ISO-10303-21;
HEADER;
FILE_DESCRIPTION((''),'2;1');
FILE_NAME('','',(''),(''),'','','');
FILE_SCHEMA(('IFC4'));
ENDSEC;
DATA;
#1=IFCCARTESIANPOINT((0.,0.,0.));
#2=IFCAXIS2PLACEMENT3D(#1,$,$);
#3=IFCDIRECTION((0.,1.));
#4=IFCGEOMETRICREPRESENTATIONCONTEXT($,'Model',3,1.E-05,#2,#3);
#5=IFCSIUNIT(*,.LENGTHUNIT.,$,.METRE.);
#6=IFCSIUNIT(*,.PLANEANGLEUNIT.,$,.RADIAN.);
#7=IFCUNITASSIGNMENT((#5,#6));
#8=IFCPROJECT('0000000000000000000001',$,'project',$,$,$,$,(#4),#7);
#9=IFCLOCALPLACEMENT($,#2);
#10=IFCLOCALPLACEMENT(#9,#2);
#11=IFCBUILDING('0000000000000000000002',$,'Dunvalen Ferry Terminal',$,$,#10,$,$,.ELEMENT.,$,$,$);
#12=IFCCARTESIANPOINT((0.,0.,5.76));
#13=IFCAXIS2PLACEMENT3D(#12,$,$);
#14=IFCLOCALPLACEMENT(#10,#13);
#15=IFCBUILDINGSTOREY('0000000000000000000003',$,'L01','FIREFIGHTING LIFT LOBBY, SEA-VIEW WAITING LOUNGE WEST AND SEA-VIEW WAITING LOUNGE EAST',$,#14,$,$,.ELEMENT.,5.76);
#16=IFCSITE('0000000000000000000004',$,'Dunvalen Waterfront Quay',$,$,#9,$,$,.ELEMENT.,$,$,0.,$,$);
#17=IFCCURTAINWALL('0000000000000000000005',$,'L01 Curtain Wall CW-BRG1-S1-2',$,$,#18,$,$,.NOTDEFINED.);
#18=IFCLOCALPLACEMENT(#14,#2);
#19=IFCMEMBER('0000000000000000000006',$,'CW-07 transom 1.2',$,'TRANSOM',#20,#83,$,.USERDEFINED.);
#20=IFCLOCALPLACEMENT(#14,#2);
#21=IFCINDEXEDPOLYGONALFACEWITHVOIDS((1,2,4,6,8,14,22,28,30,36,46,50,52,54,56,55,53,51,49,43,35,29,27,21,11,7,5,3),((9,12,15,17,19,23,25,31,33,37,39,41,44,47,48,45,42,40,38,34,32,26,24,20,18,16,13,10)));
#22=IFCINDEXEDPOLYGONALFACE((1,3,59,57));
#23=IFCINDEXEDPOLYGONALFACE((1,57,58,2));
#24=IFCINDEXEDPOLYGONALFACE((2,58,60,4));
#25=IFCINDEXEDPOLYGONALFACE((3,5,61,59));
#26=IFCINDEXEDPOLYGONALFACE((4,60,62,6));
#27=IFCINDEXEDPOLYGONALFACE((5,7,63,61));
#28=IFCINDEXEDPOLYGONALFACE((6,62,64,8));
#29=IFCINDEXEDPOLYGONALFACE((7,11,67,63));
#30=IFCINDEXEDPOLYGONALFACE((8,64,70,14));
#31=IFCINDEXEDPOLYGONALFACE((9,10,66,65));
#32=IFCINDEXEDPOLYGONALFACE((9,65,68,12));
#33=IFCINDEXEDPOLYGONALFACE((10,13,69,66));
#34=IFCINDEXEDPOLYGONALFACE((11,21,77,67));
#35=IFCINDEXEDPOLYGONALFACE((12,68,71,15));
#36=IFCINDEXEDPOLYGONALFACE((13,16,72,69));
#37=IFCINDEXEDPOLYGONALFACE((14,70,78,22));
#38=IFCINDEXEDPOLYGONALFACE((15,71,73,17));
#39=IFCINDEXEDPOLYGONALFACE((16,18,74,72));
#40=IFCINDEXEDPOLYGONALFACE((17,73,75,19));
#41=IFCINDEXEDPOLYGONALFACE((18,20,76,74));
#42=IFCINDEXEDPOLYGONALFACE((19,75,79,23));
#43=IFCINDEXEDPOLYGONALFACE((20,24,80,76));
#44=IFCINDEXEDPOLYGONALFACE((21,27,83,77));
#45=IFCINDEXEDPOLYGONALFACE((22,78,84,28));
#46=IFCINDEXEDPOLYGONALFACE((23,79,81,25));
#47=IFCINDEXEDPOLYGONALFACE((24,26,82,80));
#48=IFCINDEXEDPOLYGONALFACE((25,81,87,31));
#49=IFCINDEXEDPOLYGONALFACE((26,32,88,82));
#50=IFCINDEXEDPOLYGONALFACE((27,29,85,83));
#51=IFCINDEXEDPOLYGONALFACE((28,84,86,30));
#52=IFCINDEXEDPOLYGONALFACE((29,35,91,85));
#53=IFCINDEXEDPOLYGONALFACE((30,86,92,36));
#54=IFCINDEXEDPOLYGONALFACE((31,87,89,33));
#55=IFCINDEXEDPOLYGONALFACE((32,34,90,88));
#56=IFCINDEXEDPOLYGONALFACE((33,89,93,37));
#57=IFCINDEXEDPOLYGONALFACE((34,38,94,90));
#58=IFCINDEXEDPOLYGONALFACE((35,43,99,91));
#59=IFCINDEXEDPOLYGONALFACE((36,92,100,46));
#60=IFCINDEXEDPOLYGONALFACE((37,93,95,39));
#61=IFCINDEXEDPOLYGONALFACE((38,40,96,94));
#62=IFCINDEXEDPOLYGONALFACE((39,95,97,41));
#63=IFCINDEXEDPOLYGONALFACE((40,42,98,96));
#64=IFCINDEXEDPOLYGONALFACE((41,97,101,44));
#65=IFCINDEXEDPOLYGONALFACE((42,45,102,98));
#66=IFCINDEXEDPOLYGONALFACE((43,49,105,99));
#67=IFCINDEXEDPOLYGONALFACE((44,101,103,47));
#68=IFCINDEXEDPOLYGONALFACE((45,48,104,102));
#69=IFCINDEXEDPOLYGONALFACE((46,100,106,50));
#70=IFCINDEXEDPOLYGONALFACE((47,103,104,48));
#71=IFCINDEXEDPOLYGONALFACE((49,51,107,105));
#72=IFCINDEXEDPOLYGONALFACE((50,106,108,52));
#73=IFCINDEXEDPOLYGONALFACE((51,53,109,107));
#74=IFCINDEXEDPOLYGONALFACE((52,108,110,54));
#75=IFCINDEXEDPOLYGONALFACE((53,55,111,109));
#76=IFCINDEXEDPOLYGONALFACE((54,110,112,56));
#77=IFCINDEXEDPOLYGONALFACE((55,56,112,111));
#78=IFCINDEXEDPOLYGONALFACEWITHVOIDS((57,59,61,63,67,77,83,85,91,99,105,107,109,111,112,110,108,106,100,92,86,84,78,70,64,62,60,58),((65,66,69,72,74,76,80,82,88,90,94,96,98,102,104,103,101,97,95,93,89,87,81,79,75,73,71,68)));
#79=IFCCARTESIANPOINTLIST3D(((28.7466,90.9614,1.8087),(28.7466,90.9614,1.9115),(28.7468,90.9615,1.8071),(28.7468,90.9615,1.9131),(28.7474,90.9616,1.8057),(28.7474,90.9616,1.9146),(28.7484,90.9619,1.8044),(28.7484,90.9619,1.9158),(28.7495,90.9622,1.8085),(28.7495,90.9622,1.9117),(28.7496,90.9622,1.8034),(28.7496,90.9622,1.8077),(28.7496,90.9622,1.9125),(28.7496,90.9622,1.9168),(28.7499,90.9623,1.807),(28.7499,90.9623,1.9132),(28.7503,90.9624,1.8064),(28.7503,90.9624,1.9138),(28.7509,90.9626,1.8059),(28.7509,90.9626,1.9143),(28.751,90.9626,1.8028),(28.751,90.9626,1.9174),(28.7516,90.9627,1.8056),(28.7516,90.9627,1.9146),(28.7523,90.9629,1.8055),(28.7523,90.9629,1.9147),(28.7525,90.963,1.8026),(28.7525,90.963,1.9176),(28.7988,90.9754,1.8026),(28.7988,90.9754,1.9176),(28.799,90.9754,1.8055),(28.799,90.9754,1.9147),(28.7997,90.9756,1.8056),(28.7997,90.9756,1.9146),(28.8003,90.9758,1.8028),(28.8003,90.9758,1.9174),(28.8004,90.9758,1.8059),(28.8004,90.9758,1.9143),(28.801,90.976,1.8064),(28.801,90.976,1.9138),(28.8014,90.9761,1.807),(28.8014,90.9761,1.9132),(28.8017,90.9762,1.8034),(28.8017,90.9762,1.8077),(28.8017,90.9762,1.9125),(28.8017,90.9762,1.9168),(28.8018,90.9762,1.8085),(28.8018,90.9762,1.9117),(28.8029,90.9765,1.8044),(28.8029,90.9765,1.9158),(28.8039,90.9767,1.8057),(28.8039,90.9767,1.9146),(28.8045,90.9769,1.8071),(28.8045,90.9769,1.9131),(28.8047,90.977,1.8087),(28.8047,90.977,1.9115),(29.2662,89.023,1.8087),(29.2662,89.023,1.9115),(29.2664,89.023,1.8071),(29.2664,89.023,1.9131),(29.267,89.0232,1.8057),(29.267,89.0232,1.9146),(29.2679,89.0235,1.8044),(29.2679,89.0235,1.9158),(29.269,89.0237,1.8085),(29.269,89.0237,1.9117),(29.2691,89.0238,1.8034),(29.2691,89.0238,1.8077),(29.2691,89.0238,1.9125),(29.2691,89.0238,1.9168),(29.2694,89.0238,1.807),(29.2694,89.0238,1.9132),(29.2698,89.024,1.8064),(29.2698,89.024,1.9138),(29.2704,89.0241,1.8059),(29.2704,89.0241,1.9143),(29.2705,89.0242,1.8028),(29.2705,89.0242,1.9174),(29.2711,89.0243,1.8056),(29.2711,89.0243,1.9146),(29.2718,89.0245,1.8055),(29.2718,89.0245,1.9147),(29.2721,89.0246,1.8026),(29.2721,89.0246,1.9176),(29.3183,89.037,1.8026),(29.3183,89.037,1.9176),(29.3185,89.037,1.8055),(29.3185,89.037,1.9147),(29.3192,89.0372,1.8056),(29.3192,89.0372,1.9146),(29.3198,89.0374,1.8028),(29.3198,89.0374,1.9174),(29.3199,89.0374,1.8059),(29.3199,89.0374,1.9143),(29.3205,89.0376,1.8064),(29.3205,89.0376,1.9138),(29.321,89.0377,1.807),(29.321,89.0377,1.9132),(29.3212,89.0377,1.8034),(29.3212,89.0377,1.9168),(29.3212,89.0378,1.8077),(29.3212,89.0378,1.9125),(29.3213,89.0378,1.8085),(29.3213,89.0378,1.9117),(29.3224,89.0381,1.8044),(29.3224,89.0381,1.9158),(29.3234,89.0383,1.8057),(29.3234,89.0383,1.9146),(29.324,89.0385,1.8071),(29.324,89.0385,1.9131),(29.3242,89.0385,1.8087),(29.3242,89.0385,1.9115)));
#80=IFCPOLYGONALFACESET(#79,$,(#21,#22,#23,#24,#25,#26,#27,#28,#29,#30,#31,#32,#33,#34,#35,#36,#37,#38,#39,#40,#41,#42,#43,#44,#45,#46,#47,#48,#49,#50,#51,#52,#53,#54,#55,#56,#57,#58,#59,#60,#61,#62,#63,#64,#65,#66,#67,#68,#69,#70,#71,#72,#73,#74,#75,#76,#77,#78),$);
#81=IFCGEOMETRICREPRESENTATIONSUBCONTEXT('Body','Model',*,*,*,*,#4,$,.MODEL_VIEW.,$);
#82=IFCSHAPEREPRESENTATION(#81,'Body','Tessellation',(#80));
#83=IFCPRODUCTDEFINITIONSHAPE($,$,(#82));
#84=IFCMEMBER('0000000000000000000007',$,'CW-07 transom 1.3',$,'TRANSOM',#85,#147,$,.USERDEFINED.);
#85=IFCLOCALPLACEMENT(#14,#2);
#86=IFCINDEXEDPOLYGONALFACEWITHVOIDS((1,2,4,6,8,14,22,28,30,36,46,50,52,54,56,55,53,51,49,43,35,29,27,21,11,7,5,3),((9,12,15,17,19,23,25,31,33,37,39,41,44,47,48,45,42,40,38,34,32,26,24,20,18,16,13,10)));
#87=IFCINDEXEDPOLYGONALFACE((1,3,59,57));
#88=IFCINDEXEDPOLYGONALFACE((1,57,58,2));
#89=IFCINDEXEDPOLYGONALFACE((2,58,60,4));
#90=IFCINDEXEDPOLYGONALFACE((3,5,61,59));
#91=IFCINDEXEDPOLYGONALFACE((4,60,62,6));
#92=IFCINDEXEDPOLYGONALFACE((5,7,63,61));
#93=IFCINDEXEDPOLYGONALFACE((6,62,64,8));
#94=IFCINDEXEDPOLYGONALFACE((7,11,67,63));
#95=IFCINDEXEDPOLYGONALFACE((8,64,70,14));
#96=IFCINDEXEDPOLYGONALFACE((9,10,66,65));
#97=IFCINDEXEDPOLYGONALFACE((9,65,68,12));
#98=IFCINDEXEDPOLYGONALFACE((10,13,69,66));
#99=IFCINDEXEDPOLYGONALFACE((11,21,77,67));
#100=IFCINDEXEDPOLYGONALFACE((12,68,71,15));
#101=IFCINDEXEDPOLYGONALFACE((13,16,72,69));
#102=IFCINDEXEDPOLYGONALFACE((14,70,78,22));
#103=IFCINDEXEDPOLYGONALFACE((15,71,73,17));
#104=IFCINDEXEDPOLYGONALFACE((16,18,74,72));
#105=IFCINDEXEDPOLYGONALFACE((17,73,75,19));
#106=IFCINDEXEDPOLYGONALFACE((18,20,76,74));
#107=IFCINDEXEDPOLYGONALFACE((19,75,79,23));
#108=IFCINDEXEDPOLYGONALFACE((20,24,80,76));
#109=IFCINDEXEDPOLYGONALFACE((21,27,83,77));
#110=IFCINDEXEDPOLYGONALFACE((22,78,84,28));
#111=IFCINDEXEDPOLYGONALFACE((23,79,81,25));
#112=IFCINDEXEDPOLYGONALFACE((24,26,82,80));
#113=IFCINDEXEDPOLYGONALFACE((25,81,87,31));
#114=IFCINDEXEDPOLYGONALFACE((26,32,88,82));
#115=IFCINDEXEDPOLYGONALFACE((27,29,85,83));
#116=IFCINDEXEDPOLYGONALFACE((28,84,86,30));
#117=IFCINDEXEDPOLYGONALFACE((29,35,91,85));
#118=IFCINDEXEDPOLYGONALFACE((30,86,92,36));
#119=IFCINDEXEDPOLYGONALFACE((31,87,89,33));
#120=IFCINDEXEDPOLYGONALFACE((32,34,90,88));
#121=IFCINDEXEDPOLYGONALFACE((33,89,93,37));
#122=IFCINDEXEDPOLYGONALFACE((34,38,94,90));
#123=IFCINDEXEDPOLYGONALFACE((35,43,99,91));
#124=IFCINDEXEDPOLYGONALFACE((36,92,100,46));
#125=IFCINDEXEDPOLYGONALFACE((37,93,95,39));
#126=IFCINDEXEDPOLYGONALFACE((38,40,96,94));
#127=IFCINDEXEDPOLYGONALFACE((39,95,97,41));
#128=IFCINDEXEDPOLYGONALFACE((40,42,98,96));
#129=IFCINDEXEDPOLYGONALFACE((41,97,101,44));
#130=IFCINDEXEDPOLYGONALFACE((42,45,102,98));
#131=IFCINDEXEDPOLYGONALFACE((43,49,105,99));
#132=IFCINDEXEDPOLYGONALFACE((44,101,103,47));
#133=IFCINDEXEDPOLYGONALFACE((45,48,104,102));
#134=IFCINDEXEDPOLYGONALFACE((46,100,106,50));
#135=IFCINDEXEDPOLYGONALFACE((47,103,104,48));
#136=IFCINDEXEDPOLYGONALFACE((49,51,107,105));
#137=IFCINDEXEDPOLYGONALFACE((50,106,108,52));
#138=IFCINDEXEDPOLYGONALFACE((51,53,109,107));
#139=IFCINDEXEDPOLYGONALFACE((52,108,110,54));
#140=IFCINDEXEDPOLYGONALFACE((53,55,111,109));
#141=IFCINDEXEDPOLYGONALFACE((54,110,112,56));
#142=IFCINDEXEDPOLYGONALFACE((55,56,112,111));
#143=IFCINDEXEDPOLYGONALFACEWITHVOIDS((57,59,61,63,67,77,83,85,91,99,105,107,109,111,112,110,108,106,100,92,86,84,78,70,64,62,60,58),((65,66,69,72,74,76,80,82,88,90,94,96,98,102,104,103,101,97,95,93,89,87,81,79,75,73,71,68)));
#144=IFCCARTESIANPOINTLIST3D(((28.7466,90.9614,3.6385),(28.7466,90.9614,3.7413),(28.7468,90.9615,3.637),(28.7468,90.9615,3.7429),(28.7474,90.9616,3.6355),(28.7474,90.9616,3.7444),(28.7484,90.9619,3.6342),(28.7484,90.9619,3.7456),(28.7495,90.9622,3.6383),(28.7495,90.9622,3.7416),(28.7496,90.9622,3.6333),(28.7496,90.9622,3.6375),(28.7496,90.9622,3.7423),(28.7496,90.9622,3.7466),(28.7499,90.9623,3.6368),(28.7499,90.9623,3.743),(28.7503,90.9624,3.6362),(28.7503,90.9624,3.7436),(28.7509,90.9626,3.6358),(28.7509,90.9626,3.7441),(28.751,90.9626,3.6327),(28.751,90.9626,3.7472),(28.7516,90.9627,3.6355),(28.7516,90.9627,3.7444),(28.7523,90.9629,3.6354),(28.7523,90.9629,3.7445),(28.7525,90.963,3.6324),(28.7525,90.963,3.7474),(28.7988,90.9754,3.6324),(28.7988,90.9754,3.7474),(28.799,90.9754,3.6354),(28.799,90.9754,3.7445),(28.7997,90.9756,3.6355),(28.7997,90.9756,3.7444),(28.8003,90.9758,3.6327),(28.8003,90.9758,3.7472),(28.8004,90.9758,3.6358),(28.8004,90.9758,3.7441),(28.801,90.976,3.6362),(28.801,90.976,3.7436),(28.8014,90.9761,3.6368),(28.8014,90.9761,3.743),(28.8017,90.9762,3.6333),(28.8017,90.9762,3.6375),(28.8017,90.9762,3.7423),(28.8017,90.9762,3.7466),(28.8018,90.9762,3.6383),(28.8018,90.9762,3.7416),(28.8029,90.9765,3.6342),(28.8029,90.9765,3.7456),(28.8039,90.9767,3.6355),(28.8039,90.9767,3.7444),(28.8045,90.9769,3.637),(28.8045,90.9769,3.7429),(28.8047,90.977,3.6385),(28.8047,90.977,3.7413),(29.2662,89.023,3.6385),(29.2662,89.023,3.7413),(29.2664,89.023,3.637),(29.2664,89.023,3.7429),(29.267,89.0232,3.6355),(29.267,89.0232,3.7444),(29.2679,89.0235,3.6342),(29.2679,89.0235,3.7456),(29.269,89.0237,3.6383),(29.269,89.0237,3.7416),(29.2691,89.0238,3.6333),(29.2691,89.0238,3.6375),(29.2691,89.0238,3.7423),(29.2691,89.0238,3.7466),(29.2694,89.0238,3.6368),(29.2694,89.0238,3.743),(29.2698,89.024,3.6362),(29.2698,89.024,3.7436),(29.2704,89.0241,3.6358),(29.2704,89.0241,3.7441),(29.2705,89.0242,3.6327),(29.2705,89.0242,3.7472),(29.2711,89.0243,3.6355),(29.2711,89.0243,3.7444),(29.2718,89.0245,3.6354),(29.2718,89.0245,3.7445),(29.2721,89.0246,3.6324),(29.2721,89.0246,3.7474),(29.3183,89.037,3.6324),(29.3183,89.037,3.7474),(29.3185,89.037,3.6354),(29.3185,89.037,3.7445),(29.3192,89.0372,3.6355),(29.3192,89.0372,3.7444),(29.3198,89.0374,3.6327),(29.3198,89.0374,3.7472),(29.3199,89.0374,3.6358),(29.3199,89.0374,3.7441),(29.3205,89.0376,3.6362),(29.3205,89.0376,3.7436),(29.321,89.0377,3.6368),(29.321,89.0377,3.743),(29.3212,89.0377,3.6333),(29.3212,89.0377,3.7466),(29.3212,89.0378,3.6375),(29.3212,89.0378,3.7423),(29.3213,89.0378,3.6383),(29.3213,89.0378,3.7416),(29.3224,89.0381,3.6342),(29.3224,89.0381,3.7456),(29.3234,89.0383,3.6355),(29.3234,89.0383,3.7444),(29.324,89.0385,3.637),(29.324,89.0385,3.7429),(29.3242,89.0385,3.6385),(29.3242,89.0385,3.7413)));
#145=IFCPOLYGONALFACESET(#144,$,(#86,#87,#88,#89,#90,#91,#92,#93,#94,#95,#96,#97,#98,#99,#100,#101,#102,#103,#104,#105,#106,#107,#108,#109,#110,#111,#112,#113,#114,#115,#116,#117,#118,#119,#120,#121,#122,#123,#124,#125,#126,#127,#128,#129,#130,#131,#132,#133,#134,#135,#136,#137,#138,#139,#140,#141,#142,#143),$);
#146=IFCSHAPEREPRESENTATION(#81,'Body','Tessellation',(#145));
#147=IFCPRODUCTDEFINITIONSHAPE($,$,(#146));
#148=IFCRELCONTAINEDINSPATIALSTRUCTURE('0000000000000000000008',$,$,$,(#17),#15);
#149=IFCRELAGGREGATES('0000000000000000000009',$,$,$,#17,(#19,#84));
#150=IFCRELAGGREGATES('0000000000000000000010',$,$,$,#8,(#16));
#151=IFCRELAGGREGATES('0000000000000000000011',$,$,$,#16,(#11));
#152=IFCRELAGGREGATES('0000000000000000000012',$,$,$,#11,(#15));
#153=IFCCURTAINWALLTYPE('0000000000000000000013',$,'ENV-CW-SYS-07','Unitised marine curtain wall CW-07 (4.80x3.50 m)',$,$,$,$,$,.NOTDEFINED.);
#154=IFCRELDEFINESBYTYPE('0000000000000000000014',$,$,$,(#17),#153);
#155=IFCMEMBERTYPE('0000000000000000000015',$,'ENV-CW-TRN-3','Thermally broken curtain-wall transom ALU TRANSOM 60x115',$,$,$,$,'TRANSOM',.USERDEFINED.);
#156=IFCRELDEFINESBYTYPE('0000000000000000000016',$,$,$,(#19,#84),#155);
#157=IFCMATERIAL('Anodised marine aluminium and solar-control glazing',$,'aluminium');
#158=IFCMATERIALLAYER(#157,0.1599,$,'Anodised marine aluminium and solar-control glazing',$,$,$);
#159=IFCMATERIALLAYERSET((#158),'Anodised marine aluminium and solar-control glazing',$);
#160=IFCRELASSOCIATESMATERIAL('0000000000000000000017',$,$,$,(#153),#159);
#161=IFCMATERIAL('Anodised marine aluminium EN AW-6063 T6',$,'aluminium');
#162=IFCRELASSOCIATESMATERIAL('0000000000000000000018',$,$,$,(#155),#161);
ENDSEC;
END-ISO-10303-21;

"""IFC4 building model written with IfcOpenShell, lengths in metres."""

from ifc_helpers import new_model, si_unit, direction, frame, origin, origin_2d, place, context, subcontext, project, spatial, hollow_rectangle, extrude, material, layer, layer_set, material_profile, profile_set, type_object, element, aggregate, save


model = new_model("IFC4")

# Units and contexts
model_context = context("Model", 3, precision=1e-05, world=origin(), true_north=direction((0.0, 1.0)))
body_context = subcontext(model_context, "Body", "Model", "MODEL_VIEW")
ifc_project = project(units=[si_unit("LENGTHUNIT", "METRE"), si_unit("PLANEANGLEUNIT", "RADIAN")], contexts=[model_context])

# Site, building, storey
site_placement = place(None, origin())
site = spatial("IfcSite", under=ifc_project, at=site_placement, Name="Dunvalen Waterfront Quay", CompositionType="ELEMENT", RefElevation=0.0)
building_placement = place(site_placement, origin())
building = spatial("IfcBuilding", under=site, at=building_placement, Name="Dunvalen Ferry Terminal", CompositionType="ELEMENT")
storey_placement = place(building_placement, frame((0.0, 0.0, 5.76)))
storey = spatial("IfcBuildingStorey", under=building, at=storey_placement, Name="L01", Description="FIREFIGHTING LIFT LOBBY, SEA-VIEW WAITING LOUNGE WEST AND SEA-VIEW WAITING LOUNGE EAST", CompositionType="ELEMENT", Elevation=5.76)

# Shared definitions
ifc_material_1 = material(Name="Anodised marine aluminium and solar-control glazing", Category="aluminium")
ifc_material_2 = material(Name="Anodised marine aluminium EN AW-6063 T6", Category="aluminium")

# Curtain wall
ifc_layer_1 = layer(ifc_material_1, 0.1599, Name="Anodised marine aluminium and solar-control glazing")
ifc_layer_set_1 = layer_set([ifc_layer_1], Name="Anodised marine aluminium and solar-control glazing")
curtain_wall_type_1 = type_object("IfcCurtainWallType", Name="ENV-CW-SYS-07", Description="Unitised marine curtain wall CW-07 (4.80x3.50 m)", PredefinedType="NOTDEFINED", material=ifc_layer_set_1)
curtain_wall_1_placement = place(storey_placement, origin())
curtain_wall_1 = element("IfcCurtainWall", 1, at=curtain_wall_1_placement, inside=storey, type_object=curtain_wall_type_1, Name="L01 Curtain Wall CW-BRG1-S1-2", PredefinedType="NOTDEFINED")

# Members
ifc_material_profile_1 = material_profile(ifc_material_2, hollow_rectangle(XDim=0.0601, YDim=0.115, WallThickness=0.0029, InnerFilletRadius=0.0029, OuterFilletRadius=0.0061, at=origin_2d()), Name="Anodised marine aluminium EN AW-6063 T6")
ifc_profile_set_1 = profile_set([ifc_material_profile_1], Name="Anodised marine aluminium EN AW-6063 T6")
member_type_1 = type_object("IfcMemberType", Name="ENV-CW-TRN-3", Description="Thermally broken curtain-wall transom ALU TRANSOM 60x115", ElementType="TRANSOM", PredefinedType="USERDEFINED", material=ifc_profile_set_1)
member_1_placement = place(storey_placement, frame((29.2952, 89.0308, 1.8601), z_axis=(-0.258874, 0.965911, 0.0), x_axis=(-0.965911, -0.258874, 0.0)))
member_1 = element("IfcMember", 2, at=member_1_placement, type_object=member_type_1, Name="CW-07 transom 1.2", ObjectType="TRANSOM", PredefinedType="USERDEFINED", context=body_context, shape_type="SweptSolid", body=[
    extrude(hollow_rectangle(XDim=0.0601, YDim=0.115, WallThickness=0.0029, InnerFilletRadius=0.0029, OuterFilletRadius=0.0061, at=origin_2d()), origin(), (0.0, 0.0, 1.0), 2.0068),
])
member_2_placement = place(storey_placement, frame((29.2952, 89.0308, 3.6899), z_axis=(-0.258874, 0.965911, 0.0), x_axis=(-0.965911, -0.258874, 0.0)))
member_2 = element("IfcMember", 3, at=member_2_placement, type_object=member_type_1, Name="CW-07 transom 1.3", ObjectType="TRANSOM", PredefinedType="USERDEFINED", context=body_context, shape_type="SweptSolid", body=[
    extrude(hollow_rectangle(XDim=0.0601, YDim=0.115, WallThickness=0.0029, InnerFilletRadius=0.0029, OuterFilletRadius=0.0061, at=origin_2d()), origin(), (0.0, 0.0, 1.0), 2.0068),
])

aggregate(curtain_wall_1, [member_1, member_2])

save(model, "model.ifc")
